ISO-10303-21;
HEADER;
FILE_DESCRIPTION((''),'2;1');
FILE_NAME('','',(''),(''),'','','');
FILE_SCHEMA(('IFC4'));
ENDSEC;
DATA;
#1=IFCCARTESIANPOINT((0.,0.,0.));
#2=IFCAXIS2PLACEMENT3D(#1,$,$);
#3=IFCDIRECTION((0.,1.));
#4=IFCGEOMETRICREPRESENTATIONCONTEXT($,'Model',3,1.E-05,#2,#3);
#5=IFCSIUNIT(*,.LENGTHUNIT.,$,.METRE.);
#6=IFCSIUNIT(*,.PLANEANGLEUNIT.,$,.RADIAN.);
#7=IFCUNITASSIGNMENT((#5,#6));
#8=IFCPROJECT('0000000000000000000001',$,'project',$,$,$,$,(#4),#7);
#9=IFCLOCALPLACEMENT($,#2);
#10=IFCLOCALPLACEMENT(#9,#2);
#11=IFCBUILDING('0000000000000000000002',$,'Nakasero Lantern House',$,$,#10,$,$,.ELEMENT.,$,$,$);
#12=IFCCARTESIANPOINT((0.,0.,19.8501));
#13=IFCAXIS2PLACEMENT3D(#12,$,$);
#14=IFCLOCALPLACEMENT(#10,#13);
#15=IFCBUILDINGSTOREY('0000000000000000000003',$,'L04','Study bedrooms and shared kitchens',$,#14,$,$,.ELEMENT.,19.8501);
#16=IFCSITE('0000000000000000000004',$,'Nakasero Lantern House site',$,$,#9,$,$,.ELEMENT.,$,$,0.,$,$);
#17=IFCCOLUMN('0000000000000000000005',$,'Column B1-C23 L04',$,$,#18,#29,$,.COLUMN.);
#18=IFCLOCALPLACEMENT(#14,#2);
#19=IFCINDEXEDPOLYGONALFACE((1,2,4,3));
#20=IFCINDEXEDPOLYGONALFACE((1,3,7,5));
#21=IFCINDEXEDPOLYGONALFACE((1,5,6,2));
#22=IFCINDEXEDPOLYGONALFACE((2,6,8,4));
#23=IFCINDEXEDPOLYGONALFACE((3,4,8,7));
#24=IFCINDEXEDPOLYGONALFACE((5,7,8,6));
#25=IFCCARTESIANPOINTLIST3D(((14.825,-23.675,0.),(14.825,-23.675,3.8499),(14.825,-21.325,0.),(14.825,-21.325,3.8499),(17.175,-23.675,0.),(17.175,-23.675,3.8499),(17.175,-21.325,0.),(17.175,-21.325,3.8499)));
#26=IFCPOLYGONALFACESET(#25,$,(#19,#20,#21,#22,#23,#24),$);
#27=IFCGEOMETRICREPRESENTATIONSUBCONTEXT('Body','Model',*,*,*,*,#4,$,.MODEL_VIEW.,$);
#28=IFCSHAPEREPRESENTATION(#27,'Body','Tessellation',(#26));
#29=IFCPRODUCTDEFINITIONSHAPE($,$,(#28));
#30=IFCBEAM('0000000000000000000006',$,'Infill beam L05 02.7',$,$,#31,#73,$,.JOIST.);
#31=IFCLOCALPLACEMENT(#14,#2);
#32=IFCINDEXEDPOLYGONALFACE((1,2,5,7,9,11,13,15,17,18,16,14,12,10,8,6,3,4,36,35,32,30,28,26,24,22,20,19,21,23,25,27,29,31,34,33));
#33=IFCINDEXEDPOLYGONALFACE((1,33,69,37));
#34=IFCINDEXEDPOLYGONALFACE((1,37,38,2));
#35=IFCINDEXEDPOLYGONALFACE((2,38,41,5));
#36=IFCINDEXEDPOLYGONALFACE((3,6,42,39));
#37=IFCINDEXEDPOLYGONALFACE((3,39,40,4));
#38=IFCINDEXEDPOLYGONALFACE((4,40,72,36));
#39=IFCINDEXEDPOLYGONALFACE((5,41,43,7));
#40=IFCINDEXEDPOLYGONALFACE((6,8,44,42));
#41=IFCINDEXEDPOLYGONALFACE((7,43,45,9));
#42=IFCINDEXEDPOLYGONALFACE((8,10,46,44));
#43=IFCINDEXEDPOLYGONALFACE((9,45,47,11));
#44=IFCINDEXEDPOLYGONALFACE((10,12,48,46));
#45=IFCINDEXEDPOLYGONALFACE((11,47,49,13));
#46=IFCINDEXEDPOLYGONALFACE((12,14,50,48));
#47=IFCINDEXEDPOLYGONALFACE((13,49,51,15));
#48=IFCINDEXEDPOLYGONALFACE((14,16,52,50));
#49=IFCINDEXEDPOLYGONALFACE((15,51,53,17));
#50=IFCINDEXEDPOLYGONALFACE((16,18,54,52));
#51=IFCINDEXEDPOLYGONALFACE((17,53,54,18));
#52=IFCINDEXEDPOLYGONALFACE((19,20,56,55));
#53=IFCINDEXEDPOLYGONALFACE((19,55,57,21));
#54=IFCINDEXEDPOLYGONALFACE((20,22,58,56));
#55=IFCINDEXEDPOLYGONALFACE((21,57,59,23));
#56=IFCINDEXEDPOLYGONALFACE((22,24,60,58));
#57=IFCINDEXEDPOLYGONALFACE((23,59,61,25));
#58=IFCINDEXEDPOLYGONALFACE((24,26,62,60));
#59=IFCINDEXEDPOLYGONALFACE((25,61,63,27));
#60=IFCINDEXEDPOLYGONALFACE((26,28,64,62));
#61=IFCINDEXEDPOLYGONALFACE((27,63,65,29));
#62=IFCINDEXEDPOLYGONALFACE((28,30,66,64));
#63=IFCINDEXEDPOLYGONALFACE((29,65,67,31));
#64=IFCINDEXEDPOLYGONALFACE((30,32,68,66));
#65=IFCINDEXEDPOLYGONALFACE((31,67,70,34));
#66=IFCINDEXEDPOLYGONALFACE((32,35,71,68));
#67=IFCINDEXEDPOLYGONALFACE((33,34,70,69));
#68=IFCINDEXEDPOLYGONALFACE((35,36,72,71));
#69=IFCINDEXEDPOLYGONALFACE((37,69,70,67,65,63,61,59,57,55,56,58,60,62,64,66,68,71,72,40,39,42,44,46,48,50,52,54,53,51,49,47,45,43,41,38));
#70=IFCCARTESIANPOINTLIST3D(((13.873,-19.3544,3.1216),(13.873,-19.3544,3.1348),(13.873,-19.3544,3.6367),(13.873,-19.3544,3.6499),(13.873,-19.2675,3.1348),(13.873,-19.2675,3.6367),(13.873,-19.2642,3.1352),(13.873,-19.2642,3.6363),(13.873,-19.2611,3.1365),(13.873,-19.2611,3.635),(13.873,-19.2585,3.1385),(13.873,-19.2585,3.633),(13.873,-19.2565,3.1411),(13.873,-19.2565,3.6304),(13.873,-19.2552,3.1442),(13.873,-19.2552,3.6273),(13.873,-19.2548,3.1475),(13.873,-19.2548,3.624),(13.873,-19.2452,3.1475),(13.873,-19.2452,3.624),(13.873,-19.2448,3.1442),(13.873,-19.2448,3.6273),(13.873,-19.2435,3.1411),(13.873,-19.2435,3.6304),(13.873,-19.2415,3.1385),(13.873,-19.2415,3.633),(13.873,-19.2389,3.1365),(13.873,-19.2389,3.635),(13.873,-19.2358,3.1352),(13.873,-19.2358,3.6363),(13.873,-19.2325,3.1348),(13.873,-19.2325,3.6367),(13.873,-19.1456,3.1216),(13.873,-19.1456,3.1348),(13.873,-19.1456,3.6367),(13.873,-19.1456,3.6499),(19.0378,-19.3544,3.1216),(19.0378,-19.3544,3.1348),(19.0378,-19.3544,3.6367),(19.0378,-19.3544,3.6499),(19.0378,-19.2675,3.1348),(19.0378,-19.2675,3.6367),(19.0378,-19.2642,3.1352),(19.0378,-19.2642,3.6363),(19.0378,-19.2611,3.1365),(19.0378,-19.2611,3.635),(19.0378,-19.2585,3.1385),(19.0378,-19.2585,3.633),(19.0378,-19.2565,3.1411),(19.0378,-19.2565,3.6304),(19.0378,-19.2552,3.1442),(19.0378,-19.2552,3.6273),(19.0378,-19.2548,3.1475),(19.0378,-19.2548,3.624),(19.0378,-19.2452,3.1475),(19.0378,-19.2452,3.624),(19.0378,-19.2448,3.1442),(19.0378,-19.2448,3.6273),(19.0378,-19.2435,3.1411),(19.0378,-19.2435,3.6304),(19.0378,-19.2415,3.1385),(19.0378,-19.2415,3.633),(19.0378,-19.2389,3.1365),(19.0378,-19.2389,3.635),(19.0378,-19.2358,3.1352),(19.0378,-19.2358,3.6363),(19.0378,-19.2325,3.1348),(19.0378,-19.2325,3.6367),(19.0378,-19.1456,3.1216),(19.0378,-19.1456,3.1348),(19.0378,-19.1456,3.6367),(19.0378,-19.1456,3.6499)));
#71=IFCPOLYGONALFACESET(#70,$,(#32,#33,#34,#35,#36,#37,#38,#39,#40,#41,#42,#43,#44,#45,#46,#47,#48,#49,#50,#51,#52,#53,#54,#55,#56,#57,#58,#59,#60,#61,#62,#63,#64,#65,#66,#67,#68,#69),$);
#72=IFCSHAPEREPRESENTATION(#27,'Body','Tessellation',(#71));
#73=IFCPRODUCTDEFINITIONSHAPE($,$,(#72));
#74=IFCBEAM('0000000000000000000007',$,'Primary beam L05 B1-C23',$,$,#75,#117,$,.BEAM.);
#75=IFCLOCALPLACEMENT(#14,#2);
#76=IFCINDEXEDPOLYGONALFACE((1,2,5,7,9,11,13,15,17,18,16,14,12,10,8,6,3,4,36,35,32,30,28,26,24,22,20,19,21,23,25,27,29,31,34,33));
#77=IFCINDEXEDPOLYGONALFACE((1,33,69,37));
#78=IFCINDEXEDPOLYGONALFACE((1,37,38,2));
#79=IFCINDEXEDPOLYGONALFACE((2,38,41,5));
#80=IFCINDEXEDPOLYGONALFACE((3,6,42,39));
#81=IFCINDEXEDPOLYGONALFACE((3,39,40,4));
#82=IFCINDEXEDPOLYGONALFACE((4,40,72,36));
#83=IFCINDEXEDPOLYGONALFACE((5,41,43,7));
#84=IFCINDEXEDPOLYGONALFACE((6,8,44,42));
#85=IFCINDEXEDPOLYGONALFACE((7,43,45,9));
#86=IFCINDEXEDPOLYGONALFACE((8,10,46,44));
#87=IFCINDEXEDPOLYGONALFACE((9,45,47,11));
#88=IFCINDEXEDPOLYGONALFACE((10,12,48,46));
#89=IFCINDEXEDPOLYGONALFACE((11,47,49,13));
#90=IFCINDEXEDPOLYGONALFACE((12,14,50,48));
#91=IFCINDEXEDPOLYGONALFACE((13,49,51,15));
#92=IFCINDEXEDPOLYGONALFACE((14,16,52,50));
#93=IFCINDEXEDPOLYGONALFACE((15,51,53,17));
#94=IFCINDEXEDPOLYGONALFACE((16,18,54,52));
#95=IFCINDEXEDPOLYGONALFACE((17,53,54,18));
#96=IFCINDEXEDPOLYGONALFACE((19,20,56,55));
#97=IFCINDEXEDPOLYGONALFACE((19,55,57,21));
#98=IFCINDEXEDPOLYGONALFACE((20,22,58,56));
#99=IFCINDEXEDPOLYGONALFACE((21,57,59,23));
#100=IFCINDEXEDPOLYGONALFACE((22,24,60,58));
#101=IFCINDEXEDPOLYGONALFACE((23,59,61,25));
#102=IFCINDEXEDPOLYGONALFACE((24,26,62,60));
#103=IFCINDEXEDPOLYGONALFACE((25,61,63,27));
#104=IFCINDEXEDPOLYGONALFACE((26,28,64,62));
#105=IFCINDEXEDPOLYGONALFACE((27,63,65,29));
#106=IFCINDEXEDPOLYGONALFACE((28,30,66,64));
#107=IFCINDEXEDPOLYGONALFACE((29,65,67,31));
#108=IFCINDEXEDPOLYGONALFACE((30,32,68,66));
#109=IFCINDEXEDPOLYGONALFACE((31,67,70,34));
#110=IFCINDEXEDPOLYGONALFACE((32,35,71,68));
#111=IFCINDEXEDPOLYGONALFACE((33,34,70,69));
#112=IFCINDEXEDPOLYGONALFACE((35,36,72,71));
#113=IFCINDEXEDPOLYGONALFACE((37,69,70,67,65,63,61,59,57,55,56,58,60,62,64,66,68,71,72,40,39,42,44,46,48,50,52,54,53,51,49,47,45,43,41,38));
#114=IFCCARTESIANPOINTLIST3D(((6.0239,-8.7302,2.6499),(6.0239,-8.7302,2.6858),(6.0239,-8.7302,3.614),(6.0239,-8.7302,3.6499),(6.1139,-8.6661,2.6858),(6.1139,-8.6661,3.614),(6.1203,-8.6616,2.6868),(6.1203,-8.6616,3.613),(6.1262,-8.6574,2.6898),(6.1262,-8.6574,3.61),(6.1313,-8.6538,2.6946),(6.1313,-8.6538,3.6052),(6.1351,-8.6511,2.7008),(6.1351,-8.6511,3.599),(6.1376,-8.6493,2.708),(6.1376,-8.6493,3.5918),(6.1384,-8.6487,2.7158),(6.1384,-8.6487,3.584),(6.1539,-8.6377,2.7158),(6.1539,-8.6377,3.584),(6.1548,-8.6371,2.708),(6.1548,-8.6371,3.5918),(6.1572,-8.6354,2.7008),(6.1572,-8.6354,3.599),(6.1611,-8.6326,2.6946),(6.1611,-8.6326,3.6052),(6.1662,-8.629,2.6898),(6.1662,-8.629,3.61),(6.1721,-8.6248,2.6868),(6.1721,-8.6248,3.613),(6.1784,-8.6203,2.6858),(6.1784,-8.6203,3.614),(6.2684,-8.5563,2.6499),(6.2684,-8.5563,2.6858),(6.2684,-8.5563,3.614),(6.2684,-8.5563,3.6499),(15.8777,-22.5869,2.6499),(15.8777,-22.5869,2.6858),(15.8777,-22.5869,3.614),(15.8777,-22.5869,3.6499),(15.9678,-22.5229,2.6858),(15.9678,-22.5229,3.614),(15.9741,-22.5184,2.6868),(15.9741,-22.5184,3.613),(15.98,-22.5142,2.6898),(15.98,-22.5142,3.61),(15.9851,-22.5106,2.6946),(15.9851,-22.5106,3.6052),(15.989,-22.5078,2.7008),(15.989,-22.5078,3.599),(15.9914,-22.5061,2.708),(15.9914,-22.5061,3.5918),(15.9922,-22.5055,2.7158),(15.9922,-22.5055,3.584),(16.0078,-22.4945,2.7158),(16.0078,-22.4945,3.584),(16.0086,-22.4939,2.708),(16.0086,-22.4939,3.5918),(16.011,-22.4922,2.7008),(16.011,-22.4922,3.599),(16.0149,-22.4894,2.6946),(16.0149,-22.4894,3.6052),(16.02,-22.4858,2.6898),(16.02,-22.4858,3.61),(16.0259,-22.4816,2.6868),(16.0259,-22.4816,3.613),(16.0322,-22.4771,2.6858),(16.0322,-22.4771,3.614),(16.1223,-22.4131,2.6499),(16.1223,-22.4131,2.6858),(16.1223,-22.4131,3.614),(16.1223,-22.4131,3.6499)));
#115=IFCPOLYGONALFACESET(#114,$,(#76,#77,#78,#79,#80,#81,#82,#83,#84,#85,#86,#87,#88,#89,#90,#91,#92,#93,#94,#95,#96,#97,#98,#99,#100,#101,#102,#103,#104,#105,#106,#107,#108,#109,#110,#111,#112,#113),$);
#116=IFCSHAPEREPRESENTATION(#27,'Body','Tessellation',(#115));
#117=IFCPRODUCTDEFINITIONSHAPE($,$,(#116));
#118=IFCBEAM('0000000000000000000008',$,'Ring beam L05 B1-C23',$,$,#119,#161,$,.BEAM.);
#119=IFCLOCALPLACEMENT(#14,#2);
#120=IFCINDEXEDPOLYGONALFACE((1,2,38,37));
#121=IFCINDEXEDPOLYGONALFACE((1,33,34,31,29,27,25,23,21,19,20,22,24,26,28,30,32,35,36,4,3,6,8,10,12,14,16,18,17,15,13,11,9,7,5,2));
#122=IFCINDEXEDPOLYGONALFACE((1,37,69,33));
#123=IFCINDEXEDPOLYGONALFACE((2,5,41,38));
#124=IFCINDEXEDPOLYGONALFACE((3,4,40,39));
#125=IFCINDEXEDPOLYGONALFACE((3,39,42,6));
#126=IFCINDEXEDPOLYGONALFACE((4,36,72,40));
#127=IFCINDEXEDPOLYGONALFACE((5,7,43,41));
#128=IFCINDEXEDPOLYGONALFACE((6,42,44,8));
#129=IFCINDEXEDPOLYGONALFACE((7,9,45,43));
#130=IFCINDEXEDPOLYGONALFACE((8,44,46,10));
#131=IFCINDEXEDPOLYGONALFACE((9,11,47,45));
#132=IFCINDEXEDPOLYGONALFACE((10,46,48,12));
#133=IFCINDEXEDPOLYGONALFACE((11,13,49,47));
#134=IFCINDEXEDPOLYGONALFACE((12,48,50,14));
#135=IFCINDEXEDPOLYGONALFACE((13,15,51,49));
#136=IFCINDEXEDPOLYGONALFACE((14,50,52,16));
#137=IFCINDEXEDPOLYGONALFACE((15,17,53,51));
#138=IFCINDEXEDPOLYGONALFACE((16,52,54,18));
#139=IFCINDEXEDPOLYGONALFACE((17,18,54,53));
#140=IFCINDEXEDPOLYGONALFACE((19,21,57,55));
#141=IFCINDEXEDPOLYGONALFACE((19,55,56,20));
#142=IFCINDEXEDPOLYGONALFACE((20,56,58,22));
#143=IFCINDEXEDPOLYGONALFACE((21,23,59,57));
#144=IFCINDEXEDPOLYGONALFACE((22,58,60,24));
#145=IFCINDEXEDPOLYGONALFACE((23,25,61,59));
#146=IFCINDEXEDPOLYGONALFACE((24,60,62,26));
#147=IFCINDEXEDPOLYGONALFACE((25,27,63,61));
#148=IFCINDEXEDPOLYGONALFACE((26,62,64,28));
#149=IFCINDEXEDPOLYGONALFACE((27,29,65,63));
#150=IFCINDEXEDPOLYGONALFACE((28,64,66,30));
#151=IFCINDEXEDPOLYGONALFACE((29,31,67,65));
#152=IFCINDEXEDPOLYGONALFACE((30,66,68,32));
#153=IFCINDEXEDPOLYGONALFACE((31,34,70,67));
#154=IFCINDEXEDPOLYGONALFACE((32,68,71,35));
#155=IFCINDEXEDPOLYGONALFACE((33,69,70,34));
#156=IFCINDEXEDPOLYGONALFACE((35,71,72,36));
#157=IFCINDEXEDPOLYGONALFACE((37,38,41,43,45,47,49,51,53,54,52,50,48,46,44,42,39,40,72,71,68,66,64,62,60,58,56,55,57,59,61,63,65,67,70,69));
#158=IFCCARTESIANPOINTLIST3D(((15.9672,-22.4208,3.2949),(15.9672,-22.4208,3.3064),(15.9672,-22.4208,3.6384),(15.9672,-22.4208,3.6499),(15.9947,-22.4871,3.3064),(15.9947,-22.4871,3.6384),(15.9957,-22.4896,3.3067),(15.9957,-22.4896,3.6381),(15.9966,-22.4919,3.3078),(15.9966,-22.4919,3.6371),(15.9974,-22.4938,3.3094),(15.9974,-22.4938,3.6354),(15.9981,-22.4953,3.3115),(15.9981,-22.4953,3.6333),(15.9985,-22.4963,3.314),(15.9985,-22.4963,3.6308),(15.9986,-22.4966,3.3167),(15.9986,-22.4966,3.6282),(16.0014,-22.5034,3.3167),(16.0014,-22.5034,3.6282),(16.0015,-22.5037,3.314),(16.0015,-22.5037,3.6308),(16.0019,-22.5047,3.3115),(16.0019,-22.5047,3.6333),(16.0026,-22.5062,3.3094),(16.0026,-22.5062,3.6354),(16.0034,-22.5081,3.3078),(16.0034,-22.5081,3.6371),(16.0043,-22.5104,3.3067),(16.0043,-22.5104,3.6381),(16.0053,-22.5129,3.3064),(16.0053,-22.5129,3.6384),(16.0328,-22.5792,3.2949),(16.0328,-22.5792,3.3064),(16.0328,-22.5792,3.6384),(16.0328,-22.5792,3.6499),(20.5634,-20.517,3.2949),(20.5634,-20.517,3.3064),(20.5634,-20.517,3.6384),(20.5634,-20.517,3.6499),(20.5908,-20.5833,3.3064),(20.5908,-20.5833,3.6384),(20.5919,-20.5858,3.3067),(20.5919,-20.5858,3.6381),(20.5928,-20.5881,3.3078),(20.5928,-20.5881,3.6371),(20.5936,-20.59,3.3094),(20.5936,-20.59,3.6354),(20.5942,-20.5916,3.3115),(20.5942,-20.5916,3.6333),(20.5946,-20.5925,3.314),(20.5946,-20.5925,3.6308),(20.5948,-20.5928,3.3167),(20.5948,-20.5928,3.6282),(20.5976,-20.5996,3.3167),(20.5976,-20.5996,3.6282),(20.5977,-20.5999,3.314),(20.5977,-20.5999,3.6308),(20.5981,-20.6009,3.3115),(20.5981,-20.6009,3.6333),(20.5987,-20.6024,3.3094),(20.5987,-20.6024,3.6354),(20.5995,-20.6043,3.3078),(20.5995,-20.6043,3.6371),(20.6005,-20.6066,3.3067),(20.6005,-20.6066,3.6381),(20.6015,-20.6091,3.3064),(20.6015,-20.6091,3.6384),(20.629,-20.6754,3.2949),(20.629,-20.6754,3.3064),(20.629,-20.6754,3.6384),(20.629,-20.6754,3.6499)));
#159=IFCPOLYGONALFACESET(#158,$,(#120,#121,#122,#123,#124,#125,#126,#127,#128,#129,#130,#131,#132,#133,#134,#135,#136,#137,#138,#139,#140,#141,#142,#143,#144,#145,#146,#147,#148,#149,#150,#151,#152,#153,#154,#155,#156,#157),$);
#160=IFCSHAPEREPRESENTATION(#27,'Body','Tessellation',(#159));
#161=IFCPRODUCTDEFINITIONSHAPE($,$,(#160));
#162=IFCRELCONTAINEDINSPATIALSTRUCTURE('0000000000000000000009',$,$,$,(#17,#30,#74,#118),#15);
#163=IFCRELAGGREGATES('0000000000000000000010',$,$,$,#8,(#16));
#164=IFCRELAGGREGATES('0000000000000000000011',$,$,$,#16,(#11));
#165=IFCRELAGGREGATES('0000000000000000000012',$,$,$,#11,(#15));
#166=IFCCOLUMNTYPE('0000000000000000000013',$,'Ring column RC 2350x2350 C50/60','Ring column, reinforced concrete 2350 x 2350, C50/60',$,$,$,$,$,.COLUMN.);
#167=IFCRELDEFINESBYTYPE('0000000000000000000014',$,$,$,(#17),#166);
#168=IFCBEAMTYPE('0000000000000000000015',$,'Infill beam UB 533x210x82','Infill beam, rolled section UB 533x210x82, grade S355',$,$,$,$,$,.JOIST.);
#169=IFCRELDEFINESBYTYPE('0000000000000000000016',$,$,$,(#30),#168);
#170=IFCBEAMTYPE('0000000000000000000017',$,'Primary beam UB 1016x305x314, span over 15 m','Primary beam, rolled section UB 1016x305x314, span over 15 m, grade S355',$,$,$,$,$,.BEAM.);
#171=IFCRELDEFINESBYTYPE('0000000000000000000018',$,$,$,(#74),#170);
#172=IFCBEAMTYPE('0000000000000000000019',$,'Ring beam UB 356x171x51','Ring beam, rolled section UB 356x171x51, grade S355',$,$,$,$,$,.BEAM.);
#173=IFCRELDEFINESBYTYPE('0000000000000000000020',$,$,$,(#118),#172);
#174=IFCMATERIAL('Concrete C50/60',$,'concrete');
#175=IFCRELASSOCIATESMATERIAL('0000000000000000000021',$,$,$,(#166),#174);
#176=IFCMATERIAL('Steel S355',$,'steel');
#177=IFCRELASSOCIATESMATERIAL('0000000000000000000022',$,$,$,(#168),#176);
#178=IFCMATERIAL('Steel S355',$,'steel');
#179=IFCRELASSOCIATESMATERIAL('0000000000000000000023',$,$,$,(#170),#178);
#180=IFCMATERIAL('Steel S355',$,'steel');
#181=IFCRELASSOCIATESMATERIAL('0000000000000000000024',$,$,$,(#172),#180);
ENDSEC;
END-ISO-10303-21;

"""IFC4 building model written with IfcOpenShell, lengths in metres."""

from ifc_helpers import new_model, si_unit, direction, frame, origin, origin_2d, place, context, subcontext, project, spatial, rectangle, i_section, extrude, material, material_profile, profile_set, type_object, element, save


model = new_model("IFC4")

# Units and contexts
model_context = context("Model", 3, precision=1e-05, world=origin(), true_north=direction((0.0, 1.0)))
body_context = subcontext(model_context, "Body", "Model", "MODEL_VIEW")
ifc_project = project(units=[si_unit("LENGTHUNIT", "METRE"), si_unit("PLANEANGLEUNIT", "RADIAN")], contexts=[model_context])

# Site, building, storey
site_placement = place(None, origin())
site = spatial("IfcSite", under=ifc_project, at=site_placement, Name="Nakasero Lantern House site", CompositionType="ELEMENT", RefElevation=0.0)
building_placement = place(site_placement, origin())
building = spatial("IfcBuilding", under=site, at=building_placement, Name="Nakasero Lantern House", CompositionType="ELEMENT")
storey_placement = place(building_placement, frame((0.0, 0.0, 19.8501)))
storey = spatial("IfcBuildingStorey", under=building, at=storey_placement, Name="L04", Description="Study bedrooms and shared kitchens", CompositionType="ELEMENT", Elevation=19.8501)

# Column
ifc_material_1 = material(Name="Concrete C50/60", Category="concrete")
ifc_material_profile_1 = material_profile(ifc_material_1, rectangle(XDim=2.3501, YDim=2.3501, at=origin_2d()), Name="RC 2350x2350")
ifc_profile_set_1 = profile_set([ifc_material_profile_1], Name="Concrete C50/60")
column_type = type_object("IfcColumnType", Name="Ring column RC 2350x2350 C50/60", Description="Ring column, reinforced concrete 2350 x 2350, C50/60", PredefinedType="COLUMN", material=ifc_profile_set_1)
column_placement = place(storey_placement, frame((16.0, -22.5, 0.0), z_axis=(0.0, 0.0, 1.0), x_axis=(1.0, 0.0, 0.0)))
element("IfcColumn", 1, at=column_placement, inside=storey, type_object=column_type, Name="Column B1-C23 L04", PredefinedType="COLUMN", context=body_context, shape_type="SweptSolid", body=[
    extrude(rectangle(XDim=2.3501, YDim=2.3501, at=origin_2d()), origin(), (0.0, 0.0, 1.0), 3.8499),
])

# Beams
ifc_material_2 = material(Name="Steel S355", Category="steel")
ifc_material_profile_2 = material_profile(ifc_material_2, i_section(OverallWidth=0.2087, OverallDepth=0.5283, WebThickness=0.0095, FlangeThickness=0.0132, FilletRadius=0.0127, at=origin_2d()), Name="UB 533x210x82")
ifc_profile_set_2 = profile_set([ifc_material_profile_2], Name="Steel S355")
beam_type_1 = type_object("IfcBeamType", Name="Infill beam UB 533x210x82", Description="Infill beam, rolled section UB 533x210x82, grade S355", PredefinedType="JOIST", material=ifc_profile_set_2)
beam_1_placement = place(storey_placement, frame((13.873, -19.25, 3.3857), z_axis=(1.0, 0.0, 0.0), x_axis=(0.0, 1.0, 0.0)))
element("IfcBeam", 2, at=beam_1_placement, inside=storey, type_object=beam_type_1, Name="Infill beam L05 02.7", PredefinedType="JOIST", context=body_context, shape_type="SweptSolid", body=[
    extrude(i_section(OverallWidth=0.2087, OverallDepth=0.5283, WebThickness=0.0095, FlangeThickness=0.0132, FilletRadius=0.0127, at=origin_2d()), origin(), (0.0, 0.0, 1.0), 5.1648),
])
ifc_material_3 = material(Name="Steel S355", Category="steel")
ifc_material_profile_3 = material_profile(ifc_material_3, i_section(OverallWidth=0.3, OverallDepth=1.0, WebThickness=0.019, FlangeThickness=0.0359, FilletRadius=0.03, at=origin_2d()), Name="UB 1016x305x314")
ifc_profile_set_3 = profile_set([ifc_material_profile_3], Name="Steel S355")
beam_type_2 = type_object("IfcBeamType", Name="Primary beam UB 1016x305x314, span over 15 m", Description="Primary beam, rolled section UB 1016x305x314, span over 15 m, grade S355", PredefinedType="BEAM", material=ifc_profile_set_3)
beam_2_placement = place(storey_placement, frame((16.0, -22.5, 3.1499), z_axis=(-0.579528, 0.814952, 0.0), x_axis=(-0.814952, -0.579528, 0.0)))
element("IfcBeam", 3, at=beam_2_placement, inside=storey, type_object=beam_type_2, Name="Primary beam L05 B1-C23", PredefinedType="BEAM", context=body_context, shape_type="SweptSolid", body=[
    extrude(i_section(OverallWidth=0.3, OverallDepth=1.0, WebThickness=0.019, FlangeThickness=0.0359, FilletRadius=0.03, at=origin_2d()), origin(), (0.0, 0.0, 1.0), 17.0032),
])
ifc_material_4 = material(Name="Steel S355", Category="steel")
ifc_material_profile_4 = material_profile(ifc_material_4, i_section(OverallWidth=0.1714, OverallDepth=0.355, WebThickness=0.0073, FlangeThickness=0.0115, FilletRadius=0.0103, at=origin_2d()), Name="UB 356x171x51")
ifc_profile_set_4 = profile_set([ifc_material_profile_4], Name="Steel S355")
beam_type_3 = type_object("IfcBeamType", Name="Ring beam UB 356x171x51", Description="Ring beam, rolled section UB 356x171x51, grade S355", PredefinedType="BEAM", material=ifc_profile_set_4)
beam_3_placement = place(storey_placement, frame((16.0, -22.5, 3.4724), z_axis=(0.923879, 0.382684, 0.0), x_axis=(-0.382684, 0.923879, 0.0)))
element("IfcBeam", 4, at=beam_3_placement, inside=storey, type_object=beam_type_3, Name="Ring beam L05 B1-C23", PredefinedType="BEAM", context=body_context, shape_type="SweptSolid", body=[
    extrude(i_section(OverallWidth=0.1714, OverallDepth=0.355, WebThickness=0.0073, FlangeThickness=0.0115, FilletRadius=0.0103, at=origin_2d()), origin(), (0.0, 0.0, 1.0), 4.9749),
])

save(model, "model.ifc")
